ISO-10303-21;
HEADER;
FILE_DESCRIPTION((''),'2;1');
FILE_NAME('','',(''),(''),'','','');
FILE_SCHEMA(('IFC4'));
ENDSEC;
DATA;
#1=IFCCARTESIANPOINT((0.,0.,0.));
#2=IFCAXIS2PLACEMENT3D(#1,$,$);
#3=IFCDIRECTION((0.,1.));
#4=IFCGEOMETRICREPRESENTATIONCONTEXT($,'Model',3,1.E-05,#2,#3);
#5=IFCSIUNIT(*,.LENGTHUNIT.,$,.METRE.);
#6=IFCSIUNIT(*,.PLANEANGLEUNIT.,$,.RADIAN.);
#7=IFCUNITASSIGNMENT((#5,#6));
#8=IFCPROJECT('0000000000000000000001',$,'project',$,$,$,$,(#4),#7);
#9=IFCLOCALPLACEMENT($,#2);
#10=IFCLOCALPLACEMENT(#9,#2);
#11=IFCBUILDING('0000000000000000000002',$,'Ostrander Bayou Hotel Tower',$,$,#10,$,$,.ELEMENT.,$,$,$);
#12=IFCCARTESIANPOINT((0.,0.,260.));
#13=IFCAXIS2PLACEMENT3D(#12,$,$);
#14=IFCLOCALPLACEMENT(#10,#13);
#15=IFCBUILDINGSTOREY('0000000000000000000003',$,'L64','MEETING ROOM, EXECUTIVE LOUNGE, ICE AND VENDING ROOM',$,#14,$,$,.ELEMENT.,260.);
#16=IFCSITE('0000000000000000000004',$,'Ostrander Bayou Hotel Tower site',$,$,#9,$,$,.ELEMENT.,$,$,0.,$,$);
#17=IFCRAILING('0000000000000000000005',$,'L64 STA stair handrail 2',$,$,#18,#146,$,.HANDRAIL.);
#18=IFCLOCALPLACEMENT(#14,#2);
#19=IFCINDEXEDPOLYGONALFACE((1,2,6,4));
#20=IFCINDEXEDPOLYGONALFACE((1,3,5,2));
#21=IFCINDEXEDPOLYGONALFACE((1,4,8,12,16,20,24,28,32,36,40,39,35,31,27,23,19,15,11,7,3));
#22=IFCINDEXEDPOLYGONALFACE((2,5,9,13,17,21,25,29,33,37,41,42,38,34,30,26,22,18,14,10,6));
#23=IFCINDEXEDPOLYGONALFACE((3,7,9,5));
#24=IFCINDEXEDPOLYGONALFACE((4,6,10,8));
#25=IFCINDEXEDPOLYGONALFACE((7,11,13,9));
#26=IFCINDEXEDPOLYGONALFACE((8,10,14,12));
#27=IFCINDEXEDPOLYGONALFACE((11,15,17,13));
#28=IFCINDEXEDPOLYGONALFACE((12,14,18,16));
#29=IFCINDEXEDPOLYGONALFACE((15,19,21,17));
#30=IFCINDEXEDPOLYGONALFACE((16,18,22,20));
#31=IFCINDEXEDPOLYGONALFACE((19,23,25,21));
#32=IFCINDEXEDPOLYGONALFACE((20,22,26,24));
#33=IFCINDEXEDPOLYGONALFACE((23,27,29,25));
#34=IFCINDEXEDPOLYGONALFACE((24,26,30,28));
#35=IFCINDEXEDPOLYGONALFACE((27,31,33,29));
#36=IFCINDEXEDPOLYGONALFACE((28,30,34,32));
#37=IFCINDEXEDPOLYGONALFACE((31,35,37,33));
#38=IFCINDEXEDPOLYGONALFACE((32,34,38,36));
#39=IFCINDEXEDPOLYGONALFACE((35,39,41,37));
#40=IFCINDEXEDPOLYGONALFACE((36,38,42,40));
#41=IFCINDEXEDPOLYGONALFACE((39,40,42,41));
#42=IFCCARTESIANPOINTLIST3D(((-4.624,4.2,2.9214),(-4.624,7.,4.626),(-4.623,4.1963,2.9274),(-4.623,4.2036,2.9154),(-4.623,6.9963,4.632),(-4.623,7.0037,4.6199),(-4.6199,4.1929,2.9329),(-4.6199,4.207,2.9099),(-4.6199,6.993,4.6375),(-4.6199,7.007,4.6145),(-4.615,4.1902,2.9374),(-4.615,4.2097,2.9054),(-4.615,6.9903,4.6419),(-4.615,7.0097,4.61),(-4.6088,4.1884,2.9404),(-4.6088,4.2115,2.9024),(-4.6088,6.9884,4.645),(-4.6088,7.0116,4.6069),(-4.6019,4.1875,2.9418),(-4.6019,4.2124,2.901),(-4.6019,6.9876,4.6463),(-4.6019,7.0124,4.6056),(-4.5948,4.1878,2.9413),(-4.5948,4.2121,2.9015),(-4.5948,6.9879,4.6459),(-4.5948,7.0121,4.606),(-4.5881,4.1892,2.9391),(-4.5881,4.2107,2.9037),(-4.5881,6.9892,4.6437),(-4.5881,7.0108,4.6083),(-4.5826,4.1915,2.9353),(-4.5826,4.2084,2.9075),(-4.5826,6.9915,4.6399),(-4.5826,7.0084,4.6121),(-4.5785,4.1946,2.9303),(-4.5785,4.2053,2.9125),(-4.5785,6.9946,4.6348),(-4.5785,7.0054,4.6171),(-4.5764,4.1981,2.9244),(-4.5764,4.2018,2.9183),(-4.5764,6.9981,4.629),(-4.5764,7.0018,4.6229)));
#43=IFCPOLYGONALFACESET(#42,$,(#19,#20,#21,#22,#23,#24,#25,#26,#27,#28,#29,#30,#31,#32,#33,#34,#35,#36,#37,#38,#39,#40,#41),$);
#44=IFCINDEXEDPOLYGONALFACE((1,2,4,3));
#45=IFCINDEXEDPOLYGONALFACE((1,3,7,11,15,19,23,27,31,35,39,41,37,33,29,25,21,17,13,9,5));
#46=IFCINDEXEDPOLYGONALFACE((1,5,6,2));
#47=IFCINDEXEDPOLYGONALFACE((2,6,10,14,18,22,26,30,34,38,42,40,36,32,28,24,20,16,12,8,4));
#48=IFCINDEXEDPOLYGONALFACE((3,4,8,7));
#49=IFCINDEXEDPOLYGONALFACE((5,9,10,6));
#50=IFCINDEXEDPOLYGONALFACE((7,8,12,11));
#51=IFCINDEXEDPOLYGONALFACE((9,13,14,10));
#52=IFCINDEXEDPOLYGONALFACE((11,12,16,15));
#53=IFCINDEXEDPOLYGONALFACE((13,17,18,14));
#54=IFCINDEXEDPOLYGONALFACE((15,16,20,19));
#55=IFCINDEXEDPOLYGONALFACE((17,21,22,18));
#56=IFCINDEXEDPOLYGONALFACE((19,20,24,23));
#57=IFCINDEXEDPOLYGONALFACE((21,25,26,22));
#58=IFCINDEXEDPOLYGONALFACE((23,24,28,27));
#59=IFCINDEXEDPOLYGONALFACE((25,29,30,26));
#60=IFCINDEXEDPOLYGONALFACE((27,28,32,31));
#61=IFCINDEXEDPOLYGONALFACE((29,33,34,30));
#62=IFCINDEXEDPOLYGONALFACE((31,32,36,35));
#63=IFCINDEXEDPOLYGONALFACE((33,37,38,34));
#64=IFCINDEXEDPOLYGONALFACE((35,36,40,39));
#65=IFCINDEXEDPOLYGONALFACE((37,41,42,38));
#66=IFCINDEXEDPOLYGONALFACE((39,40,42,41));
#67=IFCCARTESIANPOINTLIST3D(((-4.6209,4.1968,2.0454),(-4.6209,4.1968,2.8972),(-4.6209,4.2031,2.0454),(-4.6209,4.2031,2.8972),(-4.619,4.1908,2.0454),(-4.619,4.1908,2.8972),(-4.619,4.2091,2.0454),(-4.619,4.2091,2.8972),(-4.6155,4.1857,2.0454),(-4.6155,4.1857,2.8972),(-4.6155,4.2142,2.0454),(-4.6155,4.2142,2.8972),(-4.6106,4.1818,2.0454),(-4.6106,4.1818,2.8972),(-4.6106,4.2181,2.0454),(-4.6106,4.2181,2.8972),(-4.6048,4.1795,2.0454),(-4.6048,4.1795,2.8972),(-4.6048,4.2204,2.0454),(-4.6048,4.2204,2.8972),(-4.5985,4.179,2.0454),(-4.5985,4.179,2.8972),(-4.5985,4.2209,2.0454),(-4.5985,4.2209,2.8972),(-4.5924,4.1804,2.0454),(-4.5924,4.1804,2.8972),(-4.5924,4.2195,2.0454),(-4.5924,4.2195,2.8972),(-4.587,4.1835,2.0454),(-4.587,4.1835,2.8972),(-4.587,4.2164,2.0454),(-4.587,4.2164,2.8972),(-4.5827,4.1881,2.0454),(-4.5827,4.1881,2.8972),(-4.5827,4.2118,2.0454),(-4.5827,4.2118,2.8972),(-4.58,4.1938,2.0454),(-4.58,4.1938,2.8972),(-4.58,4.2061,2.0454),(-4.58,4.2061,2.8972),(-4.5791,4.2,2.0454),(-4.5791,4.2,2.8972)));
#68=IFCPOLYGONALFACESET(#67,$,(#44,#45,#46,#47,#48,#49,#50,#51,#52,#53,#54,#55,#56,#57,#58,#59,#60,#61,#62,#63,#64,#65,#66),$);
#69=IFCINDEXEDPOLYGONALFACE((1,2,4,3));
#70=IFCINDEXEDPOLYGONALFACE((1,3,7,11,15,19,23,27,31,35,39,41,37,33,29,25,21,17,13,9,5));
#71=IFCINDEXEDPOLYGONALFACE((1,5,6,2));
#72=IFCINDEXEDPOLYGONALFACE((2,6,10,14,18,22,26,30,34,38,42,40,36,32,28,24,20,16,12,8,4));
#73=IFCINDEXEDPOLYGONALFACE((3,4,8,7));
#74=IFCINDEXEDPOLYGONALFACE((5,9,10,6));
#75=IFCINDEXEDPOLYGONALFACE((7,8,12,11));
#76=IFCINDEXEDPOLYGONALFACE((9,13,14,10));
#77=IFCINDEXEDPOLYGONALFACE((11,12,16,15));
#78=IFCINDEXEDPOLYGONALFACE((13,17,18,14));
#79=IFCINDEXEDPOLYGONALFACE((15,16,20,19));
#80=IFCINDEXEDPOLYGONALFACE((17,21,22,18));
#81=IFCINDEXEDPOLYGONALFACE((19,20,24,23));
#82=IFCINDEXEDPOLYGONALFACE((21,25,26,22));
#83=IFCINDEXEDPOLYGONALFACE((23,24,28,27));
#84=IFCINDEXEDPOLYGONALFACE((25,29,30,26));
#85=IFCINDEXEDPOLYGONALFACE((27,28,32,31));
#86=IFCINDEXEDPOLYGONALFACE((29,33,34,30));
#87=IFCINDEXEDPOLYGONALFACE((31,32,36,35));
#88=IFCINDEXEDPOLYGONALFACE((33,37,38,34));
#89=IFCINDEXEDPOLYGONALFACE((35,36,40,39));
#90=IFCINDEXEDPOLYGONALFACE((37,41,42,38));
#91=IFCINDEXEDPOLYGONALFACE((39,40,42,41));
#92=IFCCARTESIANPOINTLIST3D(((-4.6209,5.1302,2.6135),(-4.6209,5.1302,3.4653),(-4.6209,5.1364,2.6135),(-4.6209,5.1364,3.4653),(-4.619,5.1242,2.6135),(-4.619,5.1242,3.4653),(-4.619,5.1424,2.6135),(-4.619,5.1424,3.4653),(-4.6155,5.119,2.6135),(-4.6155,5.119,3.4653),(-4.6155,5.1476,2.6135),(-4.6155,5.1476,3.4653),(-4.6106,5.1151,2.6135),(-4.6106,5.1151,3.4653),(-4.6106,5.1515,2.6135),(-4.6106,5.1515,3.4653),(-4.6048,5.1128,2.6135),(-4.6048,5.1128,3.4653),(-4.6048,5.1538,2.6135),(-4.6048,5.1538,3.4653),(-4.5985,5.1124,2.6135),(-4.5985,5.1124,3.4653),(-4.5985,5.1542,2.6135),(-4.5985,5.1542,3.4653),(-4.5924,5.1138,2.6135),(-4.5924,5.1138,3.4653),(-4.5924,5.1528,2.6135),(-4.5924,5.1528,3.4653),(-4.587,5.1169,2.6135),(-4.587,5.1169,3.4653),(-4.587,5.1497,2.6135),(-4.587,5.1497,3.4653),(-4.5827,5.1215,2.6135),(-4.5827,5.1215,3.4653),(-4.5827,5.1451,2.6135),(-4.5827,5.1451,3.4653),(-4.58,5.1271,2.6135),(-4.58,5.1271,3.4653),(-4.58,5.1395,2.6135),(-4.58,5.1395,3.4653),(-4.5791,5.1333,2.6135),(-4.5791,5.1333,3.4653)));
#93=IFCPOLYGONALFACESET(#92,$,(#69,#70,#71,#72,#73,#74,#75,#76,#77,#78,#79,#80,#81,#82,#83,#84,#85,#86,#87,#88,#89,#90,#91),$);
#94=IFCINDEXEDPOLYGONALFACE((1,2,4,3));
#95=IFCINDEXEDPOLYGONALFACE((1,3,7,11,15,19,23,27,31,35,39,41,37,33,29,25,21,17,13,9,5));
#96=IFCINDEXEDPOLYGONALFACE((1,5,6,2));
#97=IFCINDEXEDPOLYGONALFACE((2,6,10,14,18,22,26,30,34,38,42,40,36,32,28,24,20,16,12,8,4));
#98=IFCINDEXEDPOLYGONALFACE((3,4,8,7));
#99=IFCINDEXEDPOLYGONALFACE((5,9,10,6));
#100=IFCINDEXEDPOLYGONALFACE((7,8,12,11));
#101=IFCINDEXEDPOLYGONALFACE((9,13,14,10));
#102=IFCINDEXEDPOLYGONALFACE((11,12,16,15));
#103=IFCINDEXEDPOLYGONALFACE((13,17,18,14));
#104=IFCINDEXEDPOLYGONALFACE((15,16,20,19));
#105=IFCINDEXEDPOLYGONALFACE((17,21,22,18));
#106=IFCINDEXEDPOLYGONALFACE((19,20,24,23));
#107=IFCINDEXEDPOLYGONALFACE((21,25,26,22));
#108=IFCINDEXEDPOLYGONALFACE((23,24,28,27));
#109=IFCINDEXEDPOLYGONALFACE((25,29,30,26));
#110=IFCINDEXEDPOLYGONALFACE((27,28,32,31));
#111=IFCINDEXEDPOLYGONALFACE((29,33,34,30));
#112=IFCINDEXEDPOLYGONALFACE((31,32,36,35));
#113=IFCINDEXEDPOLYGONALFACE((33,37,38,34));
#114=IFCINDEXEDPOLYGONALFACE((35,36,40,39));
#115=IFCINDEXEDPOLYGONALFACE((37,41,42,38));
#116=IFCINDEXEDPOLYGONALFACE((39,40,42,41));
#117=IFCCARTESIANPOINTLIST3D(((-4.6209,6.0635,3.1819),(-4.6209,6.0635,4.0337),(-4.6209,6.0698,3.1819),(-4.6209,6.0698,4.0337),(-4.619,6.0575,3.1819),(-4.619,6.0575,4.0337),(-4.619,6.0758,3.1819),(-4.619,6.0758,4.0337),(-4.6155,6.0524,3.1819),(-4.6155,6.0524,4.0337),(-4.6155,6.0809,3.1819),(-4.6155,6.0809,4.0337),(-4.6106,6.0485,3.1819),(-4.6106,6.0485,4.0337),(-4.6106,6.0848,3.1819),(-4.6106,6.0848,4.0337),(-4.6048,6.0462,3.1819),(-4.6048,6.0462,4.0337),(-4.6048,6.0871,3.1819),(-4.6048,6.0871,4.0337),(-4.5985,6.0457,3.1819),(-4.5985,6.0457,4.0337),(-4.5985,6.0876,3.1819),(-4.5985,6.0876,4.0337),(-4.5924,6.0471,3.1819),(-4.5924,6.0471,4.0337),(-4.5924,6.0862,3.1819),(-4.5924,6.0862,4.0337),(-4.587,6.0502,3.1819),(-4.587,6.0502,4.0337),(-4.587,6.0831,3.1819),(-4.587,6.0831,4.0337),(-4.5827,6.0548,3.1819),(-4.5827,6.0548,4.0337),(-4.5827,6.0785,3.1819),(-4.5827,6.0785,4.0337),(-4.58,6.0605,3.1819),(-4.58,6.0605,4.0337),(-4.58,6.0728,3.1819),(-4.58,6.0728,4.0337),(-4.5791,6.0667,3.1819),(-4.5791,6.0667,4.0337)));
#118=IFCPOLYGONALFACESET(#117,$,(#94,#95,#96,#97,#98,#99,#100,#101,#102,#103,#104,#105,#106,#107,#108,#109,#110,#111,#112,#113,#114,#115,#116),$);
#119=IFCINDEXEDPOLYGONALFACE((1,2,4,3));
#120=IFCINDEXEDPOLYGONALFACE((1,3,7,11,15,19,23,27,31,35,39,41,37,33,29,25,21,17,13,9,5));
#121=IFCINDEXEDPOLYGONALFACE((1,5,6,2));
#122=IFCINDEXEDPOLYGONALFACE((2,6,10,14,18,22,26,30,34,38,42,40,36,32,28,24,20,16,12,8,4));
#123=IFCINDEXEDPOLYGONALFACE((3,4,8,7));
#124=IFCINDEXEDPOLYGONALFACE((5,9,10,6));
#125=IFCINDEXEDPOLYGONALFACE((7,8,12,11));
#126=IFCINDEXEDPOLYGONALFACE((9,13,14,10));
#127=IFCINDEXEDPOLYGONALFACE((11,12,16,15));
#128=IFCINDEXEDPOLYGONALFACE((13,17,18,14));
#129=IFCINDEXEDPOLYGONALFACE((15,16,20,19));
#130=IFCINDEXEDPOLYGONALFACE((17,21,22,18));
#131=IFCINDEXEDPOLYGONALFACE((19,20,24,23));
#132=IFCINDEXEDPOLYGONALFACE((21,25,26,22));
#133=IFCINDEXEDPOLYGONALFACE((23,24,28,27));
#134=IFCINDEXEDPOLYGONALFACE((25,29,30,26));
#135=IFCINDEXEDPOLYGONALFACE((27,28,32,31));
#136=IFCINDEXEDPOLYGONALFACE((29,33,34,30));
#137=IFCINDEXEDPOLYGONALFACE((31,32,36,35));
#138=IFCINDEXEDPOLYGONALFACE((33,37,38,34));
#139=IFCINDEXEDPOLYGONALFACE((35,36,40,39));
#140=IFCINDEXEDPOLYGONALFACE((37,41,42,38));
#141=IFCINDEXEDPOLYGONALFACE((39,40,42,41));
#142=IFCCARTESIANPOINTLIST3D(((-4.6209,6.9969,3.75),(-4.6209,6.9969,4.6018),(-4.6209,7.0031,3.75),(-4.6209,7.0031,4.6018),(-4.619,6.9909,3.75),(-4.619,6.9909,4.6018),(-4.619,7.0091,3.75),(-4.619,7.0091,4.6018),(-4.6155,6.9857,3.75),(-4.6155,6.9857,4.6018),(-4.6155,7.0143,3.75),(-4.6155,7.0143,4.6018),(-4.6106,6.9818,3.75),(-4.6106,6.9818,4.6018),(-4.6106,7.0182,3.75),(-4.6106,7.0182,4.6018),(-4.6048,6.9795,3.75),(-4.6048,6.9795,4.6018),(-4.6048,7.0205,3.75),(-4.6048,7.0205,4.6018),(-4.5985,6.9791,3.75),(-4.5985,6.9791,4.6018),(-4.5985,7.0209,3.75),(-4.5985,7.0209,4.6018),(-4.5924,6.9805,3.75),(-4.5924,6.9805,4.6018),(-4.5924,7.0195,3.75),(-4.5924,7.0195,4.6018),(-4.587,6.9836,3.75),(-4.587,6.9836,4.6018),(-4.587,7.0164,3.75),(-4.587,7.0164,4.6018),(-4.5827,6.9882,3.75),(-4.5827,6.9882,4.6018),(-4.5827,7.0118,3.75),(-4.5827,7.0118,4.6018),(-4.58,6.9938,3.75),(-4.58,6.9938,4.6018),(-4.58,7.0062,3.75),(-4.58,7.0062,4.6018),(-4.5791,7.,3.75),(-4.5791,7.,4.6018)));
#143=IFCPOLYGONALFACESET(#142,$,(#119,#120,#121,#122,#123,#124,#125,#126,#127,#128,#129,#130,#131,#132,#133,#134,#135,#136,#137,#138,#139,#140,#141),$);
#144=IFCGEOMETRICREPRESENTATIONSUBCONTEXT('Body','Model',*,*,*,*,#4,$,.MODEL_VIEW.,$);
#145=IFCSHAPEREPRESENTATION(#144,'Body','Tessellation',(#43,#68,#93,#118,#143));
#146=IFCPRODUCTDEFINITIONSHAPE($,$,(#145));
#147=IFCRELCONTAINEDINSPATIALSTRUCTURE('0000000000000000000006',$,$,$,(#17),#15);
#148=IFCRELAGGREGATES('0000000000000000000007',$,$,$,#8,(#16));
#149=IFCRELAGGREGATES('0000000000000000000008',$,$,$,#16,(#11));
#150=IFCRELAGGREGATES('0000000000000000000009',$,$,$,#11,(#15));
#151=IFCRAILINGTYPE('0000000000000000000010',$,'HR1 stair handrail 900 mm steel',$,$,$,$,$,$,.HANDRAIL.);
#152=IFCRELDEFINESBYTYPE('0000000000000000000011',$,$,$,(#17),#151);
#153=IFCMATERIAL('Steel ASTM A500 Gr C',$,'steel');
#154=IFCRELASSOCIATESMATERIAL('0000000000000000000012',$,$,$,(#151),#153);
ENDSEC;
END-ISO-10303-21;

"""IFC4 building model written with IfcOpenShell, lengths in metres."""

from ifc_helpers import new_model, si_unit, direction, frame, origin, origin_2d, place, context, subcontext, project, spatial, circle, extrude, material, type_object, element, save


model = new_model("IFC4")

# Units and contexts
model_context = context("Model", 3, precision=1e-05, world=origin(), true_north=direction((0.0, 1.0)))
body_context = subcontext(model_context, "Body", "Model", "MODEL_VIEW")
ifc_project = project(units=[si_unit("LENGTHUNIT", "METRE"), si_unit("PLANEANGLEUNIT", "RADIAN")], contexts=[model_context])

# Site, building, storey
site_placement = place(None, origin())
site = spatial("IfcSite", under=ifc_project, at=site_placement, Name="Ostrander Bayou Hotel Tower site", CompositionType="ELEMENT", RefElevation=0.0)
building_placement = place(site_placement, origin())
building = spatial("IfcBuilding", under=site, at=building_placement, Name="Ostrander Bayou Hotel Tower", CompositionType="ELEMENT")
storey_placement = place(building_placement, frame((0.0, 0.0, 260.0)))
storey = spatial("IfcBuildingStorey", under=building, at=storey_placement, Name="L64", Description="MEETING ROOM, EXECUTIVE LOUNGE, ICE AND VENDING ROOM", CompositionType="ELEMENT", Elevation=260.0)

# Railing
ifc_material_1 = material(Name="Steel ASTM A500 Gr C", Category="steel")
railing_type_1 = type_object("IfcRailingType", Name="HR1 stair handrail 900 mm steel", PredefinedType="HANDRAIL", material=ifc_material_1)
railing_1_placement = place(storey_placement, frame((-4.6001, 4.2, 2.0454)))
element("IfcRailing", 1, at=railing_1_placement, inside=storey, type_object=railing_type_1, Name="L64 STA stair handrail 2", PredefinedType="HANDRAIL", context=body_context, shape_type="SweptSolid", body=[
    extrude(circle(Radius=0.0239, at=origin_2d()), frame((0.0, 0.0, 0.876), z_axis=(0.0, 0.85417, 0.519994), x_axis=(-1.0, 0.0, 0.0)), (0.0, 0.0, 1.0), 3.2781),
    extrude(circle(Radius=0.021, at=origin_2d()), origin(), (0.0, 0.0, 1.0), 0.8518),
    extrude(circle(Radius=0.021, at=origin_2d()), frame((0.0, 0.9333, 0.5681)), (0.0, 0.0, 1.0), 0.8518),
    extrude(circle(Radius=0.021, at=origin_2d()), frame((0.0, 1.8667, 1.1365)), (0.0, 0.0, 1.0), 0.8518),
    extrude(circle(Radius=0.021, at=origin_2d()), frame((0.0, 2.8, 1.7046)), (0.0, 0.0, 1.0), 0.8518),
])

save(model, "model.ifc")
